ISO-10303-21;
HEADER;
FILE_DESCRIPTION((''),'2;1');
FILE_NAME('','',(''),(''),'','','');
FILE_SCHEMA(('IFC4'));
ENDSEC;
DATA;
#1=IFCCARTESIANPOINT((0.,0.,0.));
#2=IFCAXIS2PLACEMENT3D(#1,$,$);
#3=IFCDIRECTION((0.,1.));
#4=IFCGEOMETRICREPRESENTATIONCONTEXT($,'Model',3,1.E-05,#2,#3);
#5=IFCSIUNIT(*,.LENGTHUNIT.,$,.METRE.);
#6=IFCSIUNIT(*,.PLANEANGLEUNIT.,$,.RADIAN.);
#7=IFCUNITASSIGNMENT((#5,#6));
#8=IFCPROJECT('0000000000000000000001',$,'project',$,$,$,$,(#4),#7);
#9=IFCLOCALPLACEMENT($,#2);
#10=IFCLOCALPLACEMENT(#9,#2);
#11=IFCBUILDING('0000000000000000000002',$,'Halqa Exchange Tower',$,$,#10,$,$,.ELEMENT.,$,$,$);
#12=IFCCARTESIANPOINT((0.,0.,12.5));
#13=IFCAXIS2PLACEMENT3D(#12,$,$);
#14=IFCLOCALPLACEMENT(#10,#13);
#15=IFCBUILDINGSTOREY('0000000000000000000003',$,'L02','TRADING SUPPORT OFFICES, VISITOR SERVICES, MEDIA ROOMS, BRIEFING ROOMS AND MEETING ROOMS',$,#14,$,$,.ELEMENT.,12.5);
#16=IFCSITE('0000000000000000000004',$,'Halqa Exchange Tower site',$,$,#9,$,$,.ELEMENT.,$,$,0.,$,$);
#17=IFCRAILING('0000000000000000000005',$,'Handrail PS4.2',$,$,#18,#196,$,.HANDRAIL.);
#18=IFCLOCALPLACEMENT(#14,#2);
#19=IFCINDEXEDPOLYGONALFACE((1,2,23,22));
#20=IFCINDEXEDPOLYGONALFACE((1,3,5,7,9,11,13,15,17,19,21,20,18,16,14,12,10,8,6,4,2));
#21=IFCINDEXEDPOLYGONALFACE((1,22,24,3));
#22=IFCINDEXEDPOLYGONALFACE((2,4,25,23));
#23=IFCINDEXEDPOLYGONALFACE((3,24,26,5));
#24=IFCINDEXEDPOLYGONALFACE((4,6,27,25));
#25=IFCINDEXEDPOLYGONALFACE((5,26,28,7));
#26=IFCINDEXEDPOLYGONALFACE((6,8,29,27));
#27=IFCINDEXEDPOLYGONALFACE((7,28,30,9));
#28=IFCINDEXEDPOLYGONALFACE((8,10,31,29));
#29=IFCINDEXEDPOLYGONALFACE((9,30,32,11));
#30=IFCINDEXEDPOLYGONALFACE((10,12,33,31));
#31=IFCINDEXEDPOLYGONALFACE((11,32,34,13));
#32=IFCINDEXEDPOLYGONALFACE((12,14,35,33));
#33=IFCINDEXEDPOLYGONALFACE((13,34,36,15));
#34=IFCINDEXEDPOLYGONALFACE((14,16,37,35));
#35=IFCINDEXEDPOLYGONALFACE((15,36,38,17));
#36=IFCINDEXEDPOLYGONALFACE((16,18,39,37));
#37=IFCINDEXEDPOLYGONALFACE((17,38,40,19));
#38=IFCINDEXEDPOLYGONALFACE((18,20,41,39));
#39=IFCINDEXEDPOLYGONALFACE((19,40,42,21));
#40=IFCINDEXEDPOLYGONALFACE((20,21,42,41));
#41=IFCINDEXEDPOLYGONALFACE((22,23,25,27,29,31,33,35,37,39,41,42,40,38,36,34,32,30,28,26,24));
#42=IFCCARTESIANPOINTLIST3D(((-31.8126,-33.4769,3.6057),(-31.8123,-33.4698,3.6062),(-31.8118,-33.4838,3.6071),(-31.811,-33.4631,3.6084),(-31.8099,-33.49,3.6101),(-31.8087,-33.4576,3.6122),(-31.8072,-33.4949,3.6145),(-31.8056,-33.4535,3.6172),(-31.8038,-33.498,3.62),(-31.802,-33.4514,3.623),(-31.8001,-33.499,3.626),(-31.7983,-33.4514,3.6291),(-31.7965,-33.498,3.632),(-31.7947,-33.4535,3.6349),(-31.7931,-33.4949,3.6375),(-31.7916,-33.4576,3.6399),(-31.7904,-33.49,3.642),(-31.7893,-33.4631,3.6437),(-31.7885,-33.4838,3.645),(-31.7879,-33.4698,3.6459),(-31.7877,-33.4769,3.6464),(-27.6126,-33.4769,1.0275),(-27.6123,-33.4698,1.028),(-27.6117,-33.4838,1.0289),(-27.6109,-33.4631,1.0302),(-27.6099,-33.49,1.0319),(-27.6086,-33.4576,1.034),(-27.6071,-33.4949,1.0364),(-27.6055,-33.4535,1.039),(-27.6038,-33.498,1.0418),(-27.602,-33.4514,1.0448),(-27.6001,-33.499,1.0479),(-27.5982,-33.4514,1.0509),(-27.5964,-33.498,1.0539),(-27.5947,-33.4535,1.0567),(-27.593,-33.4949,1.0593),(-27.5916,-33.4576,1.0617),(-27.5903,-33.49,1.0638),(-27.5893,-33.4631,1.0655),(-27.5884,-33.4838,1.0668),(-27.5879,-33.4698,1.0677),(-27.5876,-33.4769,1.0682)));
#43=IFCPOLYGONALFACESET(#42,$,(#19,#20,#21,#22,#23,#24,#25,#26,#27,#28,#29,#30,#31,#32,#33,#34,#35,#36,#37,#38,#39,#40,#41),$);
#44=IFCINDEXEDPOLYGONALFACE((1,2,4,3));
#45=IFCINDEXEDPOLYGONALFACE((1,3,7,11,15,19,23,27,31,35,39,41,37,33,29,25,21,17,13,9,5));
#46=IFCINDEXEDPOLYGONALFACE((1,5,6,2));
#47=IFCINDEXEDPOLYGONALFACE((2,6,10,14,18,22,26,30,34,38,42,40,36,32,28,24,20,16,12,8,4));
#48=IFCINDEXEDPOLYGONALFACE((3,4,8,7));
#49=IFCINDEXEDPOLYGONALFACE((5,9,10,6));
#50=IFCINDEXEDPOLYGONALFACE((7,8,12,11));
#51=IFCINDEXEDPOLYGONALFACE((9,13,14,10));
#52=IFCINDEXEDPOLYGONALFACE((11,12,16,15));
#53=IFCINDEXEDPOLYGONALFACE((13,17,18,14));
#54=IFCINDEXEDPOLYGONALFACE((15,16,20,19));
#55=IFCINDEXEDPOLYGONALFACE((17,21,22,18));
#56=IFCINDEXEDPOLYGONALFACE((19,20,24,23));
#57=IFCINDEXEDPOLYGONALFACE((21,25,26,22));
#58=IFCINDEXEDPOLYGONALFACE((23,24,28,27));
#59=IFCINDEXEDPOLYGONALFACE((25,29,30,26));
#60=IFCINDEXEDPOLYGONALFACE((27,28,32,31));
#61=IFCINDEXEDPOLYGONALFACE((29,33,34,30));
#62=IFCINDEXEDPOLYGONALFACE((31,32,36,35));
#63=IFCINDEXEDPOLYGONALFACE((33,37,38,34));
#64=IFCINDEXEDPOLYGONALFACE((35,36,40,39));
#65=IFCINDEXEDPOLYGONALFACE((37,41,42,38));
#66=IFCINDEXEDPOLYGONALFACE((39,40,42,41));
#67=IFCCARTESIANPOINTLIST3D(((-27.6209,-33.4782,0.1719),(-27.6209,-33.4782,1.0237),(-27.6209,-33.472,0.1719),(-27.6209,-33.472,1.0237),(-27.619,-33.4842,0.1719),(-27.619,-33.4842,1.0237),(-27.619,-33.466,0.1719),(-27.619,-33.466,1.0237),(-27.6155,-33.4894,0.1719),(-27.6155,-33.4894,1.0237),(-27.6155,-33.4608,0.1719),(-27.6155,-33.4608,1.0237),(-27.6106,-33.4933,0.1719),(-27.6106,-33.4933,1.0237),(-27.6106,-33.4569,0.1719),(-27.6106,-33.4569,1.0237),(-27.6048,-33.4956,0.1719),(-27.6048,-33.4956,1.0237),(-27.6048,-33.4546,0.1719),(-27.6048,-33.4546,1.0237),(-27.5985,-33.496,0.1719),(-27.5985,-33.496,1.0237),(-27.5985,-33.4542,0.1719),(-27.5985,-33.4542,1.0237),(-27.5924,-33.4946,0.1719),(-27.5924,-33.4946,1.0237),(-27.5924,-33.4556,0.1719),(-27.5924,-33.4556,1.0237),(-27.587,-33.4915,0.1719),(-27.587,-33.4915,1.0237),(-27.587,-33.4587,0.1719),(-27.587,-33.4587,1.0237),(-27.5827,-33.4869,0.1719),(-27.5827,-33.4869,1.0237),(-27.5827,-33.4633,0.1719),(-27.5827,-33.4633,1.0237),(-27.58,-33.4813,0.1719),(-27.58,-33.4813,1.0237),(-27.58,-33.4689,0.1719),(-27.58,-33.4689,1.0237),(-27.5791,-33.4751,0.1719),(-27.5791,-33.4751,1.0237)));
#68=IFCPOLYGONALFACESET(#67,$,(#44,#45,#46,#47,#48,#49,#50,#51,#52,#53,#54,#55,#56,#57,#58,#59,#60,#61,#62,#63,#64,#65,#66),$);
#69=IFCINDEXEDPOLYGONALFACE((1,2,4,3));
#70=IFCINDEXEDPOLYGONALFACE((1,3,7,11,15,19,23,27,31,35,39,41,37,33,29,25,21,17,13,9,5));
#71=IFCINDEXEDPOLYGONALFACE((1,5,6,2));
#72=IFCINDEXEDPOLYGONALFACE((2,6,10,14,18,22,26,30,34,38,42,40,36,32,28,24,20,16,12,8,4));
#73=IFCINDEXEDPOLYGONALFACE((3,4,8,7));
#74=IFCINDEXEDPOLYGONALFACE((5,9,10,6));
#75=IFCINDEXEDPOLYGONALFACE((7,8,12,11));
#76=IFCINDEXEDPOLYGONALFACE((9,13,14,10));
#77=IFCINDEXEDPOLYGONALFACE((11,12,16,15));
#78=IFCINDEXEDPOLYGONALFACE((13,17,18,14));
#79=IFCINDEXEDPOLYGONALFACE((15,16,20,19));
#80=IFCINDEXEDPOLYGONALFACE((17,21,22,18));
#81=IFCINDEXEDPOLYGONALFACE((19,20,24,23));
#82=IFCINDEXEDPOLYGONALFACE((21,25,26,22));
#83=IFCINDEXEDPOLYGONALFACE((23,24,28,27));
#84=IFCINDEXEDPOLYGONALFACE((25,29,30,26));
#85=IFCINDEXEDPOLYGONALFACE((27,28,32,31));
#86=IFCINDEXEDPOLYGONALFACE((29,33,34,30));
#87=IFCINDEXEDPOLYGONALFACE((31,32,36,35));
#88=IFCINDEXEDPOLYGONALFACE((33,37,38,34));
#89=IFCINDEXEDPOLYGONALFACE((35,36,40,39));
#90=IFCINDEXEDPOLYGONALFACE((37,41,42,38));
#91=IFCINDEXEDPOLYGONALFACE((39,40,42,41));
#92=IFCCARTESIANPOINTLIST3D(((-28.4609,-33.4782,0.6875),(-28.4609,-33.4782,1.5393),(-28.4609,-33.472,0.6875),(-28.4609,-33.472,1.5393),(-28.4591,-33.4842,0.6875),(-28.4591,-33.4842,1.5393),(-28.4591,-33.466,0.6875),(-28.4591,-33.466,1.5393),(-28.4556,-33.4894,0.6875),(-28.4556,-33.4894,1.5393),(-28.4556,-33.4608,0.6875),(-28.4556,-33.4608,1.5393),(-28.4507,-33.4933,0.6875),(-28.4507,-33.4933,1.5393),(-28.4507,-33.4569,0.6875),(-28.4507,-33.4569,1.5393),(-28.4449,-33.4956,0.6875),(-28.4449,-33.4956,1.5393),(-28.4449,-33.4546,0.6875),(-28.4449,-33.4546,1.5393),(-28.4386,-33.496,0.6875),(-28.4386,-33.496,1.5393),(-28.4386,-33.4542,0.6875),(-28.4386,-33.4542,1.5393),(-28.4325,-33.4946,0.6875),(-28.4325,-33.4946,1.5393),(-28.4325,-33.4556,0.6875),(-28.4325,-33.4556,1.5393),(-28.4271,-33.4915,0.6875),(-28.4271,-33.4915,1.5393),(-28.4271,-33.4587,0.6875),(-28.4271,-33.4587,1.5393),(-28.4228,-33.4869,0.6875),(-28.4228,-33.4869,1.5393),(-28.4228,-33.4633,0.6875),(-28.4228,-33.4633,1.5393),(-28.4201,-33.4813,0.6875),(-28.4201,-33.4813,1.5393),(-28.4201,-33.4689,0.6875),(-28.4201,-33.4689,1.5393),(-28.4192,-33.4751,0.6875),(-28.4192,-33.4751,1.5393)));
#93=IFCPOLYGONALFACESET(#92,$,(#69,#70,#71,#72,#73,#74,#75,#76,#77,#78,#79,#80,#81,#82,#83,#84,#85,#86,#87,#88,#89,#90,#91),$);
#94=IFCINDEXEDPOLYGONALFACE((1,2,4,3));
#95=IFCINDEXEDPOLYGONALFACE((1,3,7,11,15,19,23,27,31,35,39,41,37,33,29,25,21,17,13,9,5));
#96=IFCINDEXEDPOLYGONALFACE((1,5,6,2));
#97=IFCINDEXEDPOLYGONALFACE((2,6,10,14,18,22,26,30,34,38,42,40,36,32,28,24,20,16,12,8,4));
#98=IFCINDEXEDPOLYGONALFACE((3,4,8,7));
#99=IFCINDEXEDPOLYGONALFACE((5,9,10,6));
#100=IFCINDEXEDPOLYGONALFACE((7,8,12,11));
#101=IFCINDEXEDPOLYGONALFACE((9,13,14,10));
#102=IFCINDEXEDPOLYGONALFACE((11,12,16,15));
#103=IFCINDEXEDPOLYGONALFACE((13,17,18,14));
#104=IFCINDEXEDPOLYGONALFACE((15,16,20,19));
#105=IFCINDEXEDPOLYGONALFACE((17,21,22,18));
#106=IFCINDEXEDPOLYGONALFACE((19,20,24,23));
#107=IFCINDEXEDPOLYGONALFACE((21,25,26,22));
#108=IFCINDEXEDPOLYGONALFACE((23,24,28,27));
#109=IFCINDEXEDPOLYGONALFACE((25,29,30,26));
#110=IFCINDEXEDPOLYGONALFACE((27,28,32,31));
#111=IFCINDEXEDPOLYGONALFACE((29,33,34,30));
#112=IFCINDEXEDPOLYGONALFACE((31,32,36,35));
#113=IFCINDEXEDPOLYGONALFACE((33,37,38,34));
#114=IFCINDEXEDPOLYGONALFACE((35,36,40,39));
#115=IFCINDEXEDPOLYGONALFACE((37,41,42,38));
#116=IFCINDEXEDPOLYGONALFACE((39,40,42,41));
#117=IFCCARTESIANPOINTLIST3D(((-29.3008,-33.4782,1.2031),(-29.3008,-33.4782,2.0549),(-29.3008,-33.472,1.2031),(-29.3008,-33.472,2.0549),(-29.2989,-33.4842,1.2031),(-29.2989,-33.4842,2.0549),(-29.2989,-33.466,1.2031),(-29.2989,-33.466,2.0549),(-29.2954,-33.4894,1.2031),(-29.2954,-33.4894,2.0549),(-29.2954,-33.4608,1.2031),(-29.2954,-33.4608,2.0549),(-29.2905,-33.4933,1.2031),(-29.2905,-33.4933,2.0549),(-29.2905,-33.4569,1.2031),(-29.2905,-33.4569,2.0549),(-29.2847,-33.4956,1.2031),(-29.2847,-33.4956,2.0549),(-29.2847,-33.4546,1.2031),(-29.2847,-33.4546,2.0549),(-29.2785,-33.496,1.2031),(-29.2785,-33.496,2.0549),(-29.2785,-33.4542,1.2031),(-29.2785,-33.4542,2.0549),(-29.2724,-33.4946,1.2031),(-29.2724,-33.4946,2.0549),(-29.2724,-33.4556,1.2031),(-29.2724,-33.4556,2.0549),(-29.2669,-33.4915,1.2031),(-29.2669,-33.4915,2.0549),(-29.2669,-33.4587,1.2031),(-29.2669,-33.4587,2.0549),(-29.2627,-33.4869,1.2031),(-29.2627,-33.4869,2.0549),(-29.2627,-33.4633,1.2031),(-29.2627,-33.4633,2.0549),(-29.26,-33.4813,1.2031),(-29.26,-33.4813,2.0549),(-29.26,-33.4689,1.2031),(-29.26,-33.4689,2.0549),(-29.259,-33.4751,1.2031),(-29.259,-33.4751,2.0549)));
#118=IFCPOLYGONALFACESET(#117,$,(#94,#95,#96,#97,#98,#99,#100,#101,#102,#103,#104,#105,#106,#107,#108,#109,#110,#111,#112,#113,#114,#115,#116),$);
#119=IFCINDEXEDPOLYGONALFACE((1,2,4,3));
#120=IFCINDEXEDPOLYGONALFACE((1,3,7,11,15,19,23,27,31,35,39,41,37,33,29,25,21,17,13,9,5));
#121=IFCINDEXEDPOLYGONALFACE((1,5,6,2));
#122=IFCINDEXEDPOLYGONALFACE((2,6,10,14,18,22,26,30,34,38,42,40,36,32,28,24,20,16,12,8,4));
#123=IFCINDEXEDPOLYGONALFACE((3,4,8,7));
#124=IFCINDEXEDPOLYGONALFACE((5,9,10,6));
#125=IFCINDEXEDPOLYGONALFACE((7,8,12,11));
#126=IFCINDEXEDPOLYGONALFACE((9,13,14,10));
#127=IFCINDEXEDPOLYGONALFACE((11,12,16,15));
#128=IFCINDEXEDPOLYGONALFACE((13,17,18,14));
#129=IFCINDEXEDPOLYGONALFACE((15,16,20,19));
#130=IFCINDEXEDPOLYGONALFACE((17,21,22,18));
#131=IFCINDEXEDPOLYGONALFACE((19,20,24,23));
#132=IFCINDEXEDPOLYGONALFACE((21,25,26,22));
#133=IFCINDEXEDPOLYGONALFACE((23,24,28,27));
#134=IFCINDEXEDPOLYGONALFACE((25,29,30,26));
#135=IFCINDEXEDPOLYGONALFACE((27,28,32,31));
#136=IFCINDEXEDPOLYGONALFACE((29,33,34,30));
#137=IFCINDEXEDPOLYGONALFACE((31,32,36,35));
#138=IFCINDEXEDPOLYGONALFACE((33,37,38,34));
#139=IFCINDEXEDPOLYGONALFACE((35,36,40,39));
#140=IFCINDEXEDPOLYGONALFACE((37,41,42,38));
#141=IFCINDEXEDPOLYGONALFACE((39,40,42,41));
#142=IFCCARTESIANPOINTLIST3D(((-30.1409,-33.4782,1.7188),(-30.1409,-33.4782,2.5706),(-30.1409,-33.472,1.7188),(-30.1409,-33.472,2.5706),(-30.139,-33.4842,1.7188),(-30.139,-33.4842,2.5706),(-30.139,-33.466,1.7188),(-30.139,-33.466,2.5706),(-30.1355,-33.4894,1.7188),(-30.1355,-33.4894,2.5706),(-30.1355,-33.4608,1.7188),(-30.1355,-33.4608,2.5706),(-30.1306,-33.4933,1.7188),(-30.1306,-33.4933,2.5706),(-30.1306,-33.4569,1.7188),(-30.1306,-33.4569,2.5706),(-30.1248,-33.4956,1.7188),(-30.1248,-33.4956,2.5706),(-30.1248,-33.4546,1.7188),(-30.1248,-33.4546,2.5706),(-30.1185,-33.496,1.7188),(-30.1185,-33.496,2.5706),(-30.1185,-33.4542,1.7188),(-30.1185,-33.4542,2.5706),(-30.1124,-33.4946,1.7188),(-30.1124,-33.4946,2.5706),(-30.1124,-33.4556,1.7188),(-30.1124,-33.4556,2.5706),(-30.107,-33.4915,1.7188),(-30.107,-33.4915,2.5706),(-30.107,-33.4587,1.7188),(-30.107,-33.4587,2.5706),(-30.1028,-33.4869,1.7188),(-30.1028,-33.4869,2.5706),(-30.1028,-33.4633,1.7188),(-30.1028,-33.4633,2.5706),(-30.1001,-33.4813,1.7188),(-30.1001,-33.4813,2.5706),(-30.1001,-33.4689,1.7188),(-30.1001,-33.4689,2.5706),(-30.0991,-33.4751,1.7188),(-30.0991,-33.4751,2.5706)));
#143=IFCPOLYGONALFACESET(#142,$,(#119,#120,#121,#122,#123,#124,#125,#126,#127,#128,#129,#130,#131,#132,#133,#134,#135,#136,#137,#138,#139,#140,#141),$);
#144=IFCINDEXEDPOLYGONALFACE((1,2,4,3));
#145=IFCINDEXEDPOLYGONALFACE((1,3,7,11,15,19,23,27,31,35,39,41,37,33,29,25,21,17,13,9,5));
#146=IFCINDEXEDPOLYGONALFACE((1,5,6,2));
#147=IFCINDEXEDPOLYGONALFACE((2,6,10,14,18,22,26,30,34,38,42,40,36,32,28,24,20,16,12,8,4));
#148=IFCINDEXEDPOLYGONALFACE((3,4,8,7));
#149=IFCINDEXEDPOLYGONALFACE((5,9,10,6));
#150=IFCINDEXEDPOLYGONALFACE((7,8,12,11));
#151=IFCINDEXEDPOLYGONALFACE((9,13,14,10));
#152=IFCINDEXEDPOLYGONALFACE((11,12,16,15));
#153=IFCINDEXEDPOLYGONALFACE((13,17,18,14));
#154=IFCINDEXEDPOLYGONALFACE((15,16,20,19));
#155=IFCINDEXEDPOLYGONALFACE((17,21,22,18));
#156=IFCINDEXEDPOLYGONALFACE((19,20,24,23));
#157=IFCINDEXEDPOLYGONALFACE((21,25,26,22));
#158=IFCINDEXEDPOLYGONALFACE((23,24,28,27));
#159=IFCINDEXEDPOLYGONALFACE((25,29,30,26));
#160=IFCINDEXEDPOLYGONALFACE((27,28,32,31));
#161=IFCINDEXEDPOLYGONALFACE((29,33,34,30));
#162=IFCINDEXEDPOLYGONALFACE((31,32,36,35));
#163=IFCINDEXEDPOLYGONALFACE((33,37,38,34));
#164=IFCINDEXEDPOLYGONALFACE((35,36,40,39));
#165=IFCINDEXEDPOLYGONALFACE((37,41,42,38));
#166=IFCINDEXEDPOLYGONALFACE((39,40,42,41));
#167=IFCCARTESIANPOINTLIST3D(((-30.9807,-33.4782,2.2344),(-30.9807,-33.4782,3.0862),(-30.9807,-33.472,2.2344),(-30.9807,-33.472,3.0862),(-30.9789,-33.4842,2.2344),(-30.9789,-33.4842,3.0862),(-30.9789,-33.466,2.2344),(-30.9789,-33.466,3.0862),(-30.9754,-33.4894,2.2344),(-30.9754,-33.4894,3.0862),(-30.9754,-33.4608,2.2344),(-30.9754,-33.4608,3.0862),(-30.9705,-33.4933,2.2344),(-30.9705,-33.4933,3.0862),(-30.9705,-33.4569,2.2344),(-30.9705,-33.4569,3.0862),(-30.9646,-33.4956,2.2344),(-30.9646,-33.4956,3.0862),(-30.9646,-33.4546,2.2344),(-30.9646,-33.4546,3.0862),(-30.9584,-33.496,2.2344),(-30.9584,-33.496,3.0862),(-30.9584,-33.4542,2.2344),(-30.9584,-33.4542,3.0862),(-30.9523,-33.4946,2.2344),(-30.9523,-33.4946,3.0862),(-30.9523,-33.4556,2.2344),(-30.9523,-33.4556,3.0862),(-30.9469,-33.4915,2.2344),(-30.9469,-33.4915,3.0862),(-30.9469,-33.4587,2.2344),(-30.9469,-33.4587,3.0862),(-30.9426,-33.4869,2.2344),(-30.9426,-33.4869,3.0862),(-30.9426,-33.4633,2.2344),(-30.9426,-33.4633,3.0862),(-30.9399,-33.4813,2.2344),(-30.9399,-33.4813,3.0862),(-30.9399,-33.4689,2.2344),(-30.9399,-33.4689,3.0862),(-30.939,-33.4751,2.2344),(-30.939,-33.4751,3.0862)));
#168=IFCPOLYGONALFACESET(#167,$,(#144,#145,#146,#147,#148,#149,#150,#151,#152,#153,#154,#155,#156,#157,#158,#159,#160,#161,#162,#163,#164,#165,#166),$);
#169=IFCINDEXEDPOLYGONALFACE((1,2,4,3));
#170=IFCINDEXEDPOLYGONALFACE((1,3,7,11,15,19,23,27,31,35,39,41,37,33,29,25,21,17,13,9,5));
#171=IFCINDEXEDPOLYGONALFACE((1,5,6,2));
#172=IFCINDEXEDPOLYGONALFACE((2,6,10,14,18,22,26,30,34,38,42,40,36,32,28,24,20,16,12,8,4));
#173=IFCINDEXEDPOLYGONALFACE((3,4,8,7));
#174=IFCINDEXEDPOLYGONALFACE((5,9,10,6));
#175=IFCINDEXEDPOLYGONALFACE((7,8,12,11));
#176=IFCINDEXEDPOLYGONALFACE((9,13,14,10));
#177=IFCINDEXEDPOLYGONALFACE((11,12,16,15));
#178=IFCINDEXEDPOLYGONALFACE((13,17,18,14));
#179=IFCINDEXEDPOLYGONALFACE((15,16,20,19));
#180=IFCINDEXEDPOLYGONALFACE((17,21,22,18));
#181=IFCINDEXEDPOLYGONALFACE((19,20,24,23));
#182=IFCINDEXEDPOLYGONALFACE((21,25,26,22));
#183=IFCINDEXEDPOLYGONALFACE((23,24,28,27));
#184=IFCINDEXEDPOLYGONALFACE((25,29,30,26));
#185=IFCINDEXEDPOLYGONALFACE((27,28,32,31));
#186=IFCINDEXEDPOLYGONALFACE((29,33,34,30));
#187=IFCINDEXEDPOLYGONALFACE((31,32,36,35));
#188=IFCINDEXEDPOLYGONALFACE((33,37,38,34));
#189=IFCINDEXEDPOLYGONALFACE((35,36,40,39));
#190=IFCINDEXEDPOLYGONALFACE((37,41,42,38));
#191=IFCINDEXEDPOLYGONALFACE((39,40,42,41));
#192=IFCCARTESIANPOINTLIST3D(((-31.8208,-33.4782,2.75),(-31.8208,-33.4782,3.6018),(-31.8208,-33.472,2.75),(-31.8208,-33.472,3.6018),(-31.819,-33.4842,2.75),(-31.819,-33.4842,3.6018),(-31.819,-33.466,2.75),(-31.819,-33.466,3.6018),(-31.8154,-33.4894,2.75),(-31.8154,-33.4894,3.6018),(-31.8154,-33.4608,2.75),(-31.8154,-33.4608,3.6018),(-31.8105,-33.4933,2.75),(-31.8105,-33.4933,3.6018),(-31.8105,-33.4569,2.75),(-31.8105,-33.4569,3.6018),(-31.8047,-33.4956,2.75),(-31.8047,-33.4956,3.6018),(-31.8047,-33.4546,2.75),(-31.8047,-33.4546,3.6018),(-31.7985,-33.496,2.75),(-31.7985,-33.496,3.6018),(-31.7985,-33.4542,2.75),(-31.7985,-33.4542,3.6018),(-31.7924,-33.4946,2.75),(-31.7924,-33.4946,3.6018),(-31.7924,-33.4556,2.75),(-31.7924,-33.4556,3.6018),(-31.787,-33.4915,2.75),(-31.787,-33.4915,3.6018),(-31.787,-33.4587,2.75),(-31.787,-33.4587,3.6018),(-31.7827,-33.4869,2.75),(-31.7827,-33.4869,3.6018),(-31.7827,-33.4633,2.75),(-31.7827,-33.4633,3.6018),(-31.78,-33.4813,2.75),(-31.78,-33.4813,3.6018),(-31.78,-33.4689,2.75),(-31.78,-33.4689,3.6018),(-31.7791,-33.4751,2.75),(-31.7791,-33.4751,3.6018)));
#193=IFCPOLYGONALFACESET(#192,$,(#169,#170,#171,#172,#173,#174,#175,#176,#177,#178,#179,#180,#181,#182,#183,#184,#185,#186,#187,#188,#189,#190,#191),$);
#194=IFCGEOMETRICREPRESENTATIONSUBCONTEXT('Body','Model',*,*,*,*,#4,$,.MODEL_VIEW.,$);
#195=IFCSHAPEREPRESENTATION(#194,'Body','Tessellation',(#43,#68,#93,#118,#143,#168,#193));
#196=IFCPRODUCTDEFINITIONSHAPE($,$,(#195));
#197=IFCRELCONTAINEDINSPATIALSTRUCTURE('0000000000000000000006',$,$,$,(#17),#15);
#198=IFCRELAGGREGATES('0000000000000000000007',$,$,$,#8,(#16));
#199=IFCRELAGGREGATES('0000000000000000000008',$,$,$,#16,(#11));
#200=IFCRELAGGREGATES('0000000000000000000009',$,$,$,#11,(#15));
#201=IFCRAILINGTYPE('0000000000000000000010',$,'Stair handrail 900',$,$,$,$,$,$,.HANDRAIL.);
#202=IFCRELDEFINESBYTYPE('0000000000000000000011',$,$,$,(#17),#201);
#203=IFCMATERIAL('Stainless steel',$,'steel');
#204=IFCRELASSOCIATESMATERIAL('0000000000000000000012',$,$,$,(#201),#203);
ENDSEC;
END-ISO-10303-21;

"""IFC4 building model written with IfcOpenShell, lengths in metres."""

from ifc_helpers import new_model, si_unit, direction, frame, origin, origin_2d, place, context, subcontext, project, spatial, circle, extrude, material, type_object, element, save


model = new_model("IFC4")

# Units and contexts
model_context = context("Model", 3, precision=1e-05, world=origin(), true_north=direction((0.0, 1.0)))
body_context = subcontext(model_context, "Body", "Model", "MODEL_VIEW")
ifc_project = project(units=[si_unit("LENGTHUNIT", "METRE"), si_unit("PLANEANGLEUNIT", "RADIAN")], contexts=[model_context])

# Site, building, storey
site_placement = place(None, origin())
site = spatial("IfcSite", under=ifc_project, at=site_placement, Name="Halqa Exchange Tower site", CompositionType="ELEMENT", RefElevation=0.0)
building_placement = place(site_placement, origin())
building = spatial("IfcBuilding", under=site, at=building_placement, Name="Halqa Exchange Tower", CompositionType="ELEMENT")
storey_placement = place(building_placement, frame((0.0, 0.0, 12.5)))
storey = spatial("IfcBuildingStorey", under=building, at=storey_placement, Name="L02", Description="TRADING SUPPORT OFFICES, VISITOR SERVICES, MEDIA ROOMS, BRIEFING ROOMS AND MEETING ROOMS", CompositionType="ELEMENT", Elevation=12.5)

# Railing
ifc_material_1 = material(Name="Stainless steel", Category="steel")
railing_type_1 = type_object("IfcRailingType", Name="Stair handrail 900", PredefinedType="HANDRAIL", material=ifc_material_1)
railing_1_placement = place(storey_placement, frame((-27.6001, -33.4751, 0.1719)))
element("IfcRailing", 1, at=railing_1_placement, inside=storey, type_object=railing_type_1, Name="Handrail PS4.2", PredefinedType="HANDRAIL", context=body_context, shape_type="SweptSolid", body=[
    extrude(circle(Radius=0.0239, at=origin_2d()), frame((0.0, 0.0, 0.876), z_axis=(-0.852243, 0.0, 0.523146), x_axis=(0.0, -1.0, 0.0)), (0.0, 0.0, 1.0), 4.9282),
    extrude(circle(Radius=0.021, at=origin_2d()), origin(), (0.0, 0.0, 1.0), 0.8518),
    extrude(circle(Radius=0.021, at=origin_2d()), frame((-0.8401, 0.0, 0.5156)), (0.0, 0.0, 1.0), 0.8518),
    extrude(circle(Radius=0.021, at=origin_2d()), frame((-1.6799, 0.0, 1.0312)), (0.0, 0.0, 1.0), 0.8518),
    extrude(circle(Radius=0.021, at=origin_2d()), frame((-2.52, 0.0, 1.5469)), (0.0, 0.0, 1.0), 0.8518),
    extrude(circle(Radius=0.021, at=origin_2d()), frame((-3.3599, 0.0, 2.0625)), (0.0, 0.0, 1.0), 0.8518),
    extrude(circle(Radius=0.021, at=origin_2d()), frame((-4.2, 0.0, 2.5781)), (0.0, 0.0, 1.0), 0.8518),
])

save(model, "model.ifc")
